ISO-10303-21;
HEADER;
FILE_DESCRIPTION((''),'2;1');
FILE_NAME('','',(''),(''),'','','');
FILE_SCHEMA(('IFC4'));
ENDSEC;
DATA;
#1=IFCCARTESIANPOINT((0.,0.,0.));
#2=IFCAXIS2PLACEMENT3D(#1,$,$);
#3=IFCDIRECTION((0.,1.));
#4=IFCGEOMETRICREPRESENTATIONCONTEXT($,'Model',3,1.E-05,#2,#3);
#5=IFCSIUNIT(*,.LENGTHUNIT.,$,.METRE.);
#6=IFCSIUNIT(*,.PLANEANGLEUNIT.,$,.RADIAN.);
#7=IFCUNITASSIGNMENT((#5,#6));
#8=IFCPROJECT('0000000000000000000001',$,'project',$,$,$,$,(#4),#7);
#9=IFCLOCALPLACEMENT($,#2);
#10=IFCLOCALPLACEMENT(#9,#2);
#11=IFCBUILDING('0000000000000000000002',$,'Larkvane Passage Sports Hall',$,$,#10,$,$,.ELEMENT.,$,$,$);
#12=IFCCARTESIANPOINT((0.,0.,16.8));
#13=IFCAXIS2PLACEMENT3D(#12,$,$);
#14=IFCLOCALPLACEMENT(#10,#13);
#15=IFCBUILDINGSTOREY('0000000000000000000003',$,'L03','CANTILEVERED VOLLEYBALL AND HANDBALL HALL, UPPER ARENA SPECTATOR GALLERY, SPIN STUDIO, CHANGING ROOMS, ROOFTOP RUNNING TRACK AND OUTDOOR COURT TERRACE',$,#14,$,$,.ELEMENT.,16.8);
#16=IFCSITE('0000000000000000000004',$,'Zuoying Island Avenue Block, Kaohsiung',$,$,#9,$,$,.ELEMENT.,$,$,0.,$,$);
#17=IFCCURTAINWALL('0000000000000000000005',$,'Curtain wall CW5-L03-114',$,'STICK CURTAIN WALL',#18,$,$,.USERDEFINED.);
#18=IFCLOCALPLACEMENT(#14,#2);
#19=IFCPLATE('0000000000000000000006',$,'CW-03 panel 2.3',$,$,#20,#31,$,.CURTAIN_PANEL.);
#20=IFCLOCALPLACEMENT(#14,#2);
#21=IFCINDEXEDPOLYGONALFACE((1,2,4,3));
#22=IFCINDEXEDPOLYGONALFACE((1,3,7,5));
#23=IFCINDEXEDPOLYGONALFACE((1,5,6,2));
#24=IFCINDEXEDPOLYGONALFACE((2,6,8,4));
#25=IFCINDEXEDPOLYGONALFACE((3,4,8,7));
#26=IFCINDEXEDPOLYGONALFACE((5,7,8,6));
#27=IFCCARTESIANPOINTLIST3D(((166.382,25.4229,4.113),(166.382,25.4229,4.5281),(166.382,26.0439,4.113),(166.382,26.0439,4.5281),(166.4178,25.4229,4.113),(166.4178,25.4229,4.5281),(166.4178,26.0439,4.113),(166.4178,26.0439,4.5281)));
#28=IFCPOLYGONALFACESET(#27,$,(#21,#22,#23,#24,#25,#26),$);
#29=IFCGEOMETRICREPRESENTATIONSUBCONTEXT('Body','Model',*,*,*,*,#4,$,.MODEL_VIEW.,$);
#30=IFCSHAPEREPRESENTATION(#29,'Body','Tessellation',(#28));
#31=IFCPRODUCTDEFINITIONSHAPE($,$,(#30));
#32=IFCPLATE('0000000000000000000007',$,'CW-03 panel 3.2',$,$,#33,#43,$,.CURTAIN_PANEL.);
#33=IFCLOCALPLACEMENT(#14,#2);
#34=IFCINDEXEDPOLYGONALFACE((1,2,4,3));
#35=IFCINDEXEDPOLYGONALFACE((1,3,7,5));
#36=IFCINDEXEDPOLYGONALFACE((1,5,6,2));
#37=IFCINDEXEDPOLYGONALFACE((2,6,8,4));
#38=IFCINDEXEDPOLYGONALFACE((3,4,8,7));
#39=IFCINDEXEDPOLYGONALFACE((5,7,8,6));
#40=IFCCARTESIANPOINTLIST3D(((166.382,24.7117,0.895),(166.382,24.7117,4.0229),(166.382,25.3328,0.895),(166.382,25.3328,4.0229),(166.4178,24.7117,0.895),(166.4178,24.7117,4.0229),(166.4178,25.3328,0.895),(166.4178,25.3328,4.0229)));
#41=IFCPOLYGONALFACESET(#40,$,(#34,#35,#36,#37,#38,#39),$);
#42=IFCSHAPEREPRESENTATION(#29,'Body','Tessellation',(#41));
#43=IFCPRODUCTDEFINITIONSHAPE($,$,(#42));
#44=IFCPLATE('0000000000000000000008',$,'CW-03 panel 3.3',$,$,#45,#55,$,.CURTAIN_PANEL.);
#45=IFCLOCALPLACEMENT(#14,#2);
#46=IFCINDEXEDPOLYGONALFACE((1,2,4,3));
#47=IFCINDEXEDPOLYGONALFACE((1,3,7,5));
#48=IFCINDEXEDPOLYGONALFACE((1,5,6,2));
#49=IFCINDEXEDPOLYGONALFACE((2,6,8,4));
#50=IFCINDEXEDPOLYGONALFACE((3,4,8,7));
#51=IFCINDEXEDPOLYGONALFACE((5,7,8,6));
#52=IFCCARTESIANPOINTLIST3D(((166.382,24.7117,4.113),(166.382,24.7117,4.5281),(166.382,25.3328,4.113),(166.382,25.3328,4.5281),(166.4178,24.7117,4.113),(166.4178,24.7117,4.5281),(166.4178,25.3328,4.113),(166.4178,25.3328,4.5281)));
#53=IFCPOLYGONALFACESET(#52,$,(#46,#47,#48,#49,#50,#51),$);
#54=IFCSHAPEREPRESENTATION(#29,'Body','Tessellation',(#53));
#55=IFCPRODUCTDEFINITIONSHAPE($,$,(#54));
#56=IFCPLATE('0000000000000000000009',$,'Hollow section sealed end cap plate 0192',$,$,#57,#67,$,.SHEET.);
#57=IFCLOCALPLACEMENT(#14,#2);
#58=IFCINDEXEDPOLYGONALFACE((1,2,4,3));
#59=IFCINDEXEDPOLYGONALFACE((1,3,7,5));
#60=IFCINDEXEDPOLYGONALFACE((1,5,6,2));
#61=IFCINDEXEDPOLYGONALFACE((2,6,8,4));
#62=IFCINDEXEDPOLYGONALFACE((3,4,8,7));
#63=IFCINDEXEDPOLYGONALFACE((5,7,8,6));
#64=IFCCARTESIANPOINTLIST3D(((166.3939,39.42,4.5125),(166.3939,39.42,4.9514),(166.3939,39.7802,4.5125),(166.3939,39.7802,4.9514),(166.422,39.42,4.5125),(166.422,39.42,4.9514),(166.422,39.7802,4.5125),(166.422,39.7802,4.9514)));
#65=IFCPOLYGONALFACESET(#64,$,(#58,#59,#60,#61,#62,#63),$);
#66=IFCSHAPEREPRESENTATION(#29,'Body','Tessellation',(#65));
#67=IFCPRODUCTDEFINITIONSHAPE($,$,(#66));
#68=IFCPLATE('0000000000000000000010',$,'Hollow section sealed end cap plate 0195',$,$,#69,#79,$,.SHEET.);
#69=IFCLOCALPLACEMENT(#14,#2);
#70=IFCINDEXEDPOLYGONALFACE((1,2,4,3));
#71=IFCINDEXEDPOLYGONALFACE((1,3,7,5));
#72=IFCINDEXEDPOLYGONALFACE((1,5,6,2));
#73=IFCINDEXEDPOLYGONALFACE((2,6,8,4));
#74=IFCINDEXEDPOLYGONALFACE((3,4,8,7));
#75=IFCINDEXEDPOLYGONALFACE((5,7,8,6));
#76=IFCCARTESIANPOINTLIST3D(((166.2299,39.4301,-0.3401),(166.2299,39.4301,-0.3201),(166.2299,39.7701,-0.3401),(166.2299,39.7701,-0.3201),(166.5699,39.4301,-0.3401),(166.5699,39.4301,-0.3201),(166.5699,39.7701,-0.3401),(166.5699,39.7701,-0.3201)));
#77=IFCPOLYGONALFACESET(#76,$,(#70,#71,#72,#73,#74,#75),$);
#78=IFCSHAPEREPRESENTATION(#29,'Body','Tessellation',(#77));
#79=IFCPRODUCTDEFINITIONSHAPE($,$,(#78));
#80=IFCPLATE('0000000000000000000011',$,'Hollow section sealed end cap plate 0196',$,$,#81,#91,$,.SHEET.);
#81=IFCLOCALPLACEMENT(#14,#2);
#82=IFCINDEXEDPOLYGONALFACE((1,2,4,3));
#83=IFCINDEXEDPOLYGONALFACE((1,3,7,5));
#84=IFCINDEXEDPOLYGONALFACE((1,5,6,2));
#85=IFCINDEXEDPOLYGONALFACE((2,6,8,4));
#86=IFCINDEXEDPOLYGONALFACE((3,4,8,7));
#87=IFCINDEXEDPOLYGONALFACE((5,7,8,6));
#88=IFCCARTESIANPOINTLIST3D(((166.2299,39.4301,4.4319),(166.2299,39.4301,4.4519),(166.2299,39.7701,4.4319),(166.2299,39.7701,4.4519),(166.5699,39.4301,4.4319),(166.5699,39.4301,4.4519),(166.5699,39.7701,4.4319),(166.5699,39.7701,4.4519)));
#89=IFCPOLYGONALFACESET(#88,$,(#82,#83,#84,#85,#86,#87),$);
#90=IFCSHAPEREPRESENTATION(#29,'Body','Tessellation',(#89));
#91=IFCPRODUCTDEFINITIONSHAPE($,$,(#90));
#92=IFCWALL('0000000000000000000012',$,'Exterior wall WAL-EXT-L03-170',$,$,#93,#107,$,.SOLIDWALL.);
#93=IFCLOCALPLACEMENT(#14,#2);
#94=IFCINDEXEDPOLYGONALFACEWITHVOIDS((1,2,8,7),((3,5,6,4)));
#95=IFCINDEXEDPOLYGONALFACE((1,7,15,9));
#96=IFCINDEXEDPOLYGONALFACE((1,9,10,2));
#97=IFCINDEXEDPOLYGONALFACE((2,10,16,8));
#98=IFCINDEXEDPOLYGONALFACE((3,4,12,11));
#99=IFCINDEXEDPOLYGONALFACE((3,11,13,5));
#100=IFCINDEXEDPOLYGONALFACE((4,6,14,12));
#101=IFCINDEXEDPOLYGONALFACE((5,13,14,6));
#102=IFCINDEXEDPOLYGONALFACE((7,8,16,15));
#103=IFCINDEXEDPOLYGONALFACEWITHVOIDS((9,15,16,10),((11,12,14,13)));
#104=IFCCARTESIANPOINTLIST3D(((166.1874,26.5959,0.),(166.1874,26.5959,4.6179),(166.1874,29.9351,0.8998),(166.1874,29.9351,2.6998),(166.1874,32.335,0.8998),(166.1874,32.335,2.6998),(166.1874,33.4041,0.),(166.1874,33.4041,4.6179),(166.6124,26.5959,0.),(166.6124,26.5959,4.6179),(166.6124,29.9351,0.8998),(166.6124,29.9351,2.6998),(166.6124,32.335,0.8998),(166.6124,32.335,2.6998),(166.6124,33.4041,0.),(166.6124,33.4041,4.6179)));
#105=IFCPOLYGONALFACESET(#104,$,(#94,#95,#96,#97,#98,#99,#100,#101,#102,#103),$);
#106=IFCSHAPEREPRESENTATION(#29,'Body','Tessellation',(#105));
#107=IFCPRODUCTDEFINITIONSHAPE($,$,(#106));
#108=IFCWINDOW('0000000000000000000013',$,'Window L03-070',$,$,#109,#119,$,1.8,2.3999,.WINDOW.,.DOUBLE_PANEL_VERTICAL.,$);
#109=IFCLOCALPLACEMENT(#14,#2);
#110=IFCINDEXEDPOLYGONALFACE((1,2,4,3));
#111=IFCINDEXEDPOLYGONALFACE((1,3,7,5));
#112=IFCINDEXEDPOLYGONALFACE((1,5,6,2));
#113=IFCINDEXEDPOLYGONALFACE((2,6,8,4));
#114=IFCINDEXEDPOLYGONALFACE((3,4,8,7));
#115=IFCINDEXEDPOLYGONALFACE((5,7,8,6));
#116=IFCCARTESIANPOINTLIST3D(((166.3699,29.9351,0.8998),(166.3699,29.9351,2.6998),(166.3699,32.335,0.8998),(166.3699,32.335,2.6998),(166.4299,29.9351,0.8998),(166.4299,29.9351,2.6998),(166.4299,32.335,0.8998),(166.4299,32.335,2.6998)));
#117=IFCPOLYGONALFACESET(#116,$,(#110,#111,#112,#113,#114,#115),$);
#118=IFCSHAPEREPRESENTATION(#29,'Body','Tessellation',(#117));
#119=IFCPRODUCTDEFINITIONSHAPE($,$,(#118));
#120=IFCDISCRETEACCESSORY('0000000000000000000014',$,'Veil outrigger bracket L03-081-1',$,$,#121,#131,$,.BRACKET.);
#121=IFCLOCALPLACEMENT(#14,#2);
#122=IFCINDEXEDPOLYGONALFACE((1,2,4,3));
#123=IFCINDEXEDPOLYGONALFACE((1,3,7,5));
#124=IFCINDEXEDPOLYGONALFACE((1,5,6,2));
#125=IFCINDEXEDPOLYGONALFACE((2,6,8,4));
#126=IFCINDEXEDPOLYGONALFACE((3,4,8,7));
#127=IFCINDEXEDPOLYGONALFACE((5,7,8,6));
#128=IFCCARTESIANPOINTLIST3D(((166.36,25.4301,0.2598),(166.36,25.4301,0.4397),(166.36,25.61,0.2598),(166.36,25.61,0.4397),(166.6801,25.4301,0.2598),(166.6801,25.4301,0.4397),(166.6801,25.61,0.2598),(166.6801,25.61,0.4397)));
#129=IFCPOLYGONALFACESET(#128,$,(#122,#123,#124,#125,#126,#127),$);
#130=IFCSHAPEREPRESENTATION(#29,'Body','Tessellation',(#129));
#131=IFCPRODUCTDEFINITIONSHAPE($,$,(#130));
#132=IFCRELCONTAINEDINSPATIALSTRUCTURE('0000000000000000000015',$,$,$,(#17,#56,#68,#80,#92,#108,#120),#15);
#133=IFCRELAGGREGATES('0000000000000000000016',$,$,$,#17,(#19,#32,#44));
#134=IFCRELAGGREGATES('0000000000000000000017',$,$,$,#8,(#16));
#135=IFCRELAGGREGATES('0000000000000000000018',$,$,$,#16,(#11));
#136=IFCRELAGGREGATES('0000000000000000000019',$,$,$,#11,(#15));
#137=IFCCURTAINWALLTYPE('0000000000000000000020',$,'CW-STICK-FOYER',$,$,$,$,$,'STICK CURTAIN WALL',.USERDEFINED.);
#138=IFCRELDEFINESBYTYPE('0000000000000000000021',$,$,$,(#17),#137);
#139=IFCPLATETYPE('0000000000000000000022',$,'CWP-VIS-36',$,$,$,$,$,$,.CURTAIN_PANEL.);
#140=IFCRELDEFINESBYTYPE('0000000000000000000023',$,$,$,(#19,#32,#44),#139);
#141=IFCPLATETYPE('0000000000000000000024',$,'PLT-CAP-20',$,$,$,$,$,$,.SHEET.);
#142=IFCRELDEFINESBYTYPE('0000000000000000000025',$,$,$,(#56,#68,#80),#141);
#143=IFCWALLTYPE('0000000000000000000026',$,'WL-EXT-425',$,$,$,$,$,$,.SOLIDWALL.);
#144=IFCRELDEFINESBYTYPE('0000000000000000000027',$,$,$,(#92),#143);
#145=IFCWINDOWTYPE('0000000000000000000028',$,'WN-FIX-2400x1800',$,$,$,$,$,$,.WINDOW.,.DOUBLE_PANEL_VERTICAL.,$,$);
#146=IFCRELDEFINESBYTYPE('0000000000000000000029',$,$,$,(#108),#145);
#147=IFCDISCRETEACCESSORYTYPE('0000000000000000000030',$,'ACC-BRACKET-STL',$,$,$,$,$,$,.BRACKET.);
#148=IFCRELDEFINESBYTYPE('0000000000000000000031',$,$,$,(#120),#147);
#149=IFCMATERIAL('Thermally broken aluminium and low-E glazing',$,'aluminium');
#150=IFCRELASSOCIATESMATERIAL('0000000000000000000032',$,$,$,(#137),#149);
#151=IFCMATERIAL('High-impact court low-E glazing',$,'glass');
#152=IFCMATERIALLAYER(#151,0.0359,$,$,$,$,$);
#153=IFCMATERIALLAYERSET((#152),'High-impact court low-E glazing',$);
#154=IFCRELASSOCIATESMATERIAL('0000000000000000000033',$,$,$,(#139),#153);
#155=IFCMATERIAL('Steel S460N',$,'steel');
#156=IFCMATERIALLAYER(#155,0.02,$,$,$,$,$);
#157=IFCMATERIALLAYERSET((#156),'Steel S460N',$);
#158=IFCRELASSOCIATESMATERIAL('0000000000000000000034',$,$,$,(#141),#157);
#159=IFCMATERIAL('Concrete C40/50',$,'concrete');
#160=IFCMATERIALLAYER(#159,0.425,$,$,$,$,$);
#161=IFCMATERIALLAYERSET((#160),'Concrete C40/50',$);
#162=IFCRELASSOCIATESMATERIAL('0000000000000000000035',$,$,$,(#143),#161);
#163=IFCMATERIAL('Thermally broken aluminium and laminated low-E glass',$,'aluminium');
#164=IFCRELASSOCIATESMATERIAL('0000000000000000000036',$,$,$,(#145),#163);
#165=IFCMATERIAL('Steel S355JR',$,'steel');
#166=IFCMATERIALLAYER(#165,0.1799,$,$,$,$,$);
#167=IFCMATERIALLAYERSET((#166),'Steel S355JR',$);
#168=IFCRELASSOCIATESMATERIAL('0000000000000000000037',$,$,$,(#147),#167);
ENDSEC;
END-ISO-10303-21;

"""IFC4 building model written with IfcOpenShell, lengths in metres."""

from ifc_helpers import new_model, si_unit, direction, frame, frame_2d, origin, origin_2d, place, context, subcontext, project, spatial, rectangle, extrude, material, layer, layer_set, type_object, element, fill, aggregate, save


model = new_model("IFC4")

# Units and contexts
model_context = context("Model", 3, precision=1e-05, world=origin(), true_north=direction((0.0, 1.0)))
body_context = subcontext(model_context, "Body", "Model", "MODEL_VIEW")
ifc_project = project(units=[si_unit("LENGTHUNIT", "METRE"), si_unit("PLANEANGLEUNIT", "RADIAN")], contexts=[model_context])

# Site, building, storey
site_placement = place(None, origin())
site = spatial("IfcSite", under=ifc_project, at=site_placement, Name="Zuoying Island Avenue Block, Kaohsiung", CompositionType="ELEMENT", RefElevation=0.0)
building_placement = place(site_placement, origin())
building = spatial("IfcBuilding", under=site, at=building_placement, Name="Larkvane Passage Sports Hall", CompositionType="ELEMENT")
storey_placement = place(building_placement, frame((0.0, 0.0, 16.8)))
storey = spatial("IfcBuildingStorey", under=building, at=storey_placement, Name="L03", Description="CANTILEVERED VOLLEYBALL AND HANDBALL HALL, UPPER ARENA SPECTATOR GALLERY, SPIN STUDIO, CHANGING ROOMS, ROOFTOP RUNNING TRACK AND OUTDOOR COURT TERRACE", CompositionType="ELEMENT", Elevation=16.8)

# Curtain wall
ifc_material_1 = material(Name="Thermally broken aluminium and low-E glazing", Category="aluminium")
curtain_wall_type = type_object("IfcCurtainWallType", Name="CW-STICK-FOYER", ElementType="STICK CURTAIN WALL", PredefinedType="USERDEFINED", material=ifc_material_1)
curtain_wall_placement = place(storey_placement, origin())
curtain_wall = element("IfcCurtainWall", 1, at=curtain_wall_placement, inside=storey, type_object=curtain_wall_type, Name="Curtain wall CW5-L03-114", ObjectType="STICK CURTAIN WALL", PredefinedType="USERDEFINED")

# Shared definitions
ifc_material_2 = material(Name="Steel S460N", Category="steel")

# Plates
ifc_material_3 = material(Name="High-impact court low-E glazing", Category="glass")
ifc_layer_1 = layer(ifc_material_3, 0.0359)
ifc_layer_set_1 = layer_set([ifc_layer_1], Name="High-impact court low-E glazing")
plate_type_1 = type_object("IfcPlateType", Name="CWP-VIS-36", PredefinedType="CURTAIN_PANEL", material=ifc_layer_set_1)
plate_1_placement = place(storey_placement, frame((166.3999, 25.7334, 4.113), z_axis=(0.0, 0.0, 1.0), x_axis=(0.0, -1.0, 0.0)))
plate_1 = element("IfcPlate", 2, at=plate_1_placement, type_object=plate_type_1, Name="CW-03 panel 2.3", PredefinedType="CURTAIN_PANEL", context=body_context, shape_type="SweptSolid", body=[
    extrude(rectangle(XDim=0.6211, YDim=0.0359, at=origin_2d()), origin(), (0.0, 0.0, 1.0), 0.415),
])
plate_2_placement = place(storey_placement, frame((166.3999, 25.0222, 0.895), z_axis=(0.0, 0.0, 1.0), x_axis=(0.0, -1.0, 0.0)))
plate_2 = element("IfcPlate", 3, at=plate_2_placement, type_object=plate_type_1, Name="CW-03 panel 3.2", PredefinedType="CURTAIN_PANEL", context=body_context, shape_type="SweptSolid", body=[
    extrude(rectangle(XDim=0.6211, YDim=0.0359, at=origin_2d()), origin(), (0.0, 0.0, 1.0), 3.1279),
])
plate_3_placement = place(storey_placement, frame((166.3999, 25.0222, 4.113), z_axis=(0.0, 0.0, 1.0), x_axis=(0.0, -1.0, 0.0)))
plate_3 = element("IfcPlate", 4, at=plate_3_placement, type_object=plate_type_1, Name="CW-03 panel 3.3", PredefinedType="CURTAIN_PANEL", context=body_context, shape_type="SweptSolid", body=[
    extrude(rectangle(XDim=0.6211, YDim=0.0359, at=origin_2d()), origin(), (0.0, 0.0, 1.0), 0.415),
])
aggregate(curtain_wall, [plate_1, plate_2, plate_3])

# Plates
ifc_layer_2 = layer(ifc_material_2, 0.02)
ifc_layer_set_2 = layer_set([ifc_layer_2], Name="Steel S460N")
plate_type_2 = type_object("IfcPlateType", Name="PLT-CAP-20", PredefinedType="SHEET", material=ifc_layer_set_2)
plate_4_placement = place(storey_placement, frame((166.408, 39.6001, 4.5125), z_axis=(0.0, 0.0, 1.0), x_axis=(0.0, 1.0, 0.0)))
element("IfcPlate", 5, at=plate_4_placement, inside=storey, type_object=plate_type_2, Name="Hollow section sealed end cap plate 0192", PredefinedType="SHEET", context=body_context, shape_type="SweptSolid", body=[
    extrude(rectangle(XDim=0.3601, YDim=0.0281, at=origin_2d()), origin(), (0.0, 0.0, 1.0), 0.439),
])
for number, where, z_axis, x_axis, name in (
    (6, (166.3999, 39.6001, -0.3401), (0.0, 0.0, 1.0), (1.0, 0.0, 0.0), "Hollow section sealed end cap plate 0195"),
    (7, (166.3999, 39.6001, 4.4319), (0.0, 0.0, 1.0), (1.0, 0.0, 0.0), "Hollow section sealed end cap plate 0196"),
):
    element("IfcPlate", number, at=place(storey_placement, frame(where, z_axis=z_axis, x_axis=x_axis)), inside=storey, type_object=plate_type_2, Name=name, PredefinedType="SHEET", context=body_context, shape_type="SweptSolid", body=[
        extrude(rectangle(XDim=0.3401, YDim=0.3401, at=origin_2d()), origin(), (0.0, 0.0, 1.0), 0.02),
    ])

# Wall, opening, window
ifc_material_4 = material(Name="Concrete C40/50", Category="concrete")
ifc_layer_3 = layer(ifc_material_4, 0.425)
ifc_layer_set_3 = layer_set([ifc_layer_3], Name="Concrete C40/50")
wall_type = type_object("IfcWallType", Name="WL-EXT-425", PredefinedType="SOLIDWALL", material=ifc_layer_set_3)
wall_placement = place(storey_placement, frame((166.3999, 33.4041, 0.0), z_axis=(0.0, 0.0, 1.0), x_axis=(0.0, -1.0, 0.0)))
wall = element("IfcWall", 8, at=wall_placement, inside=storey, type_object=wall_type, Name="Exterior wall WAL-EXT-L03-170", PredefinedType="SOLIDWALL", context=body_context, shape_type="SweptSolid", body=[
    extrude(rectangle(XDim=6.8081, YDim=0.425, at=frame_2d((3.4041, 0.0))), origin(), (0.0, 0.0, 1.0), 4.6179),
])
opening_placement = place(wall_placement, frame((1.0691, 0.0, 0.8999)))
opening = element("IfcOpeningElement", 9, at=opening_placement, cuts=wall, PredefinedType="OPENING", context=body_context, shape_type="SweptSolid", body=[
    extrude(rectangle(XDim=2.3999, YDim=1.8, at=frame_2d((1.2, 0.8999))), frame((0.0, 0.2224, 0.0), z_axis=(0.0, -1.0, 0.0), x_axis=(1.0, 0.0, 0.0)), (0.0, 0.0, 1.0), 0.4451),
])
ifc_material_5 = material(Name="Thermally broken aluminium and laminated low-E glass", Category="aluminium")
window_type = type_object("IfcWindowType", Name="WN-FIX-2400x1800", PartitioningType="DOUBLE_PANEL_VERTICAL", PredefinedType="WINDOW", material=ifc_material_5)
window_placement = place(opening_placement, origin())
window = element("IfcWindow", 10, at=window_placement, inside=storey, type_object=window_type, Name="Window L03-070", OverallHeight=1.8, OverallWidth=2.3999, PartitioningType="DOUBLE_PANEL_VERTICAL", PredefinedType="WINDOW", context=body_context, shape_type="SweptSolid", body=[
    extrude(rectangle(XDim=2.3999, YDim=1.8, at=frame_2d((1.2, 0.8999))), frame((0.0, 0.03, 0.0), z_axis=(0.0, -1.0, 0.0), x_axis=(1.0, 0.0, 0.0)), (0.0, 0.0, 1.0), 0.0601),
])
fill(opening, window)

# Discrete accessory
ifc_material_6 = material(Name="Steel S355JR", Category="steel")
ifc_layer_4 = layer(ifc_material_6, 0.1799)
ifc_layer_set_4 = layer_set([ifc_layer_4], Name="Steel S355JR")
discrete_accessory_type = type_object("IfcDiscreteAccessoryType", Name="ACC-BRACKET-STL", PredefinedType="BRACKET", material=ifc_layer_set_4)
discrete_accessory_placement = place(storey_placement, frame((166.52, 25.52, 0.2598), z_axis=(0.0, 0.0, 1.0), x_axis=(0.0, -1.0, 0.0)))
element("IfcDiscreteAccessory", 11, at=discrete_accessory_placement, inside=storey, type_object=discrete_accessory_type, Name="Veil outrigger bracket L03-081-1", PredefinedType="BRACKET", context=body_context, shape_type="SweptSolid", body=[
    extrude(rectangle(XDim=0.1799, YDim=0.3201, at=origin_2d()), origin(), (0.0, 0.0, 1.0), 0.1799),
])

save(model, "model.ifc")
